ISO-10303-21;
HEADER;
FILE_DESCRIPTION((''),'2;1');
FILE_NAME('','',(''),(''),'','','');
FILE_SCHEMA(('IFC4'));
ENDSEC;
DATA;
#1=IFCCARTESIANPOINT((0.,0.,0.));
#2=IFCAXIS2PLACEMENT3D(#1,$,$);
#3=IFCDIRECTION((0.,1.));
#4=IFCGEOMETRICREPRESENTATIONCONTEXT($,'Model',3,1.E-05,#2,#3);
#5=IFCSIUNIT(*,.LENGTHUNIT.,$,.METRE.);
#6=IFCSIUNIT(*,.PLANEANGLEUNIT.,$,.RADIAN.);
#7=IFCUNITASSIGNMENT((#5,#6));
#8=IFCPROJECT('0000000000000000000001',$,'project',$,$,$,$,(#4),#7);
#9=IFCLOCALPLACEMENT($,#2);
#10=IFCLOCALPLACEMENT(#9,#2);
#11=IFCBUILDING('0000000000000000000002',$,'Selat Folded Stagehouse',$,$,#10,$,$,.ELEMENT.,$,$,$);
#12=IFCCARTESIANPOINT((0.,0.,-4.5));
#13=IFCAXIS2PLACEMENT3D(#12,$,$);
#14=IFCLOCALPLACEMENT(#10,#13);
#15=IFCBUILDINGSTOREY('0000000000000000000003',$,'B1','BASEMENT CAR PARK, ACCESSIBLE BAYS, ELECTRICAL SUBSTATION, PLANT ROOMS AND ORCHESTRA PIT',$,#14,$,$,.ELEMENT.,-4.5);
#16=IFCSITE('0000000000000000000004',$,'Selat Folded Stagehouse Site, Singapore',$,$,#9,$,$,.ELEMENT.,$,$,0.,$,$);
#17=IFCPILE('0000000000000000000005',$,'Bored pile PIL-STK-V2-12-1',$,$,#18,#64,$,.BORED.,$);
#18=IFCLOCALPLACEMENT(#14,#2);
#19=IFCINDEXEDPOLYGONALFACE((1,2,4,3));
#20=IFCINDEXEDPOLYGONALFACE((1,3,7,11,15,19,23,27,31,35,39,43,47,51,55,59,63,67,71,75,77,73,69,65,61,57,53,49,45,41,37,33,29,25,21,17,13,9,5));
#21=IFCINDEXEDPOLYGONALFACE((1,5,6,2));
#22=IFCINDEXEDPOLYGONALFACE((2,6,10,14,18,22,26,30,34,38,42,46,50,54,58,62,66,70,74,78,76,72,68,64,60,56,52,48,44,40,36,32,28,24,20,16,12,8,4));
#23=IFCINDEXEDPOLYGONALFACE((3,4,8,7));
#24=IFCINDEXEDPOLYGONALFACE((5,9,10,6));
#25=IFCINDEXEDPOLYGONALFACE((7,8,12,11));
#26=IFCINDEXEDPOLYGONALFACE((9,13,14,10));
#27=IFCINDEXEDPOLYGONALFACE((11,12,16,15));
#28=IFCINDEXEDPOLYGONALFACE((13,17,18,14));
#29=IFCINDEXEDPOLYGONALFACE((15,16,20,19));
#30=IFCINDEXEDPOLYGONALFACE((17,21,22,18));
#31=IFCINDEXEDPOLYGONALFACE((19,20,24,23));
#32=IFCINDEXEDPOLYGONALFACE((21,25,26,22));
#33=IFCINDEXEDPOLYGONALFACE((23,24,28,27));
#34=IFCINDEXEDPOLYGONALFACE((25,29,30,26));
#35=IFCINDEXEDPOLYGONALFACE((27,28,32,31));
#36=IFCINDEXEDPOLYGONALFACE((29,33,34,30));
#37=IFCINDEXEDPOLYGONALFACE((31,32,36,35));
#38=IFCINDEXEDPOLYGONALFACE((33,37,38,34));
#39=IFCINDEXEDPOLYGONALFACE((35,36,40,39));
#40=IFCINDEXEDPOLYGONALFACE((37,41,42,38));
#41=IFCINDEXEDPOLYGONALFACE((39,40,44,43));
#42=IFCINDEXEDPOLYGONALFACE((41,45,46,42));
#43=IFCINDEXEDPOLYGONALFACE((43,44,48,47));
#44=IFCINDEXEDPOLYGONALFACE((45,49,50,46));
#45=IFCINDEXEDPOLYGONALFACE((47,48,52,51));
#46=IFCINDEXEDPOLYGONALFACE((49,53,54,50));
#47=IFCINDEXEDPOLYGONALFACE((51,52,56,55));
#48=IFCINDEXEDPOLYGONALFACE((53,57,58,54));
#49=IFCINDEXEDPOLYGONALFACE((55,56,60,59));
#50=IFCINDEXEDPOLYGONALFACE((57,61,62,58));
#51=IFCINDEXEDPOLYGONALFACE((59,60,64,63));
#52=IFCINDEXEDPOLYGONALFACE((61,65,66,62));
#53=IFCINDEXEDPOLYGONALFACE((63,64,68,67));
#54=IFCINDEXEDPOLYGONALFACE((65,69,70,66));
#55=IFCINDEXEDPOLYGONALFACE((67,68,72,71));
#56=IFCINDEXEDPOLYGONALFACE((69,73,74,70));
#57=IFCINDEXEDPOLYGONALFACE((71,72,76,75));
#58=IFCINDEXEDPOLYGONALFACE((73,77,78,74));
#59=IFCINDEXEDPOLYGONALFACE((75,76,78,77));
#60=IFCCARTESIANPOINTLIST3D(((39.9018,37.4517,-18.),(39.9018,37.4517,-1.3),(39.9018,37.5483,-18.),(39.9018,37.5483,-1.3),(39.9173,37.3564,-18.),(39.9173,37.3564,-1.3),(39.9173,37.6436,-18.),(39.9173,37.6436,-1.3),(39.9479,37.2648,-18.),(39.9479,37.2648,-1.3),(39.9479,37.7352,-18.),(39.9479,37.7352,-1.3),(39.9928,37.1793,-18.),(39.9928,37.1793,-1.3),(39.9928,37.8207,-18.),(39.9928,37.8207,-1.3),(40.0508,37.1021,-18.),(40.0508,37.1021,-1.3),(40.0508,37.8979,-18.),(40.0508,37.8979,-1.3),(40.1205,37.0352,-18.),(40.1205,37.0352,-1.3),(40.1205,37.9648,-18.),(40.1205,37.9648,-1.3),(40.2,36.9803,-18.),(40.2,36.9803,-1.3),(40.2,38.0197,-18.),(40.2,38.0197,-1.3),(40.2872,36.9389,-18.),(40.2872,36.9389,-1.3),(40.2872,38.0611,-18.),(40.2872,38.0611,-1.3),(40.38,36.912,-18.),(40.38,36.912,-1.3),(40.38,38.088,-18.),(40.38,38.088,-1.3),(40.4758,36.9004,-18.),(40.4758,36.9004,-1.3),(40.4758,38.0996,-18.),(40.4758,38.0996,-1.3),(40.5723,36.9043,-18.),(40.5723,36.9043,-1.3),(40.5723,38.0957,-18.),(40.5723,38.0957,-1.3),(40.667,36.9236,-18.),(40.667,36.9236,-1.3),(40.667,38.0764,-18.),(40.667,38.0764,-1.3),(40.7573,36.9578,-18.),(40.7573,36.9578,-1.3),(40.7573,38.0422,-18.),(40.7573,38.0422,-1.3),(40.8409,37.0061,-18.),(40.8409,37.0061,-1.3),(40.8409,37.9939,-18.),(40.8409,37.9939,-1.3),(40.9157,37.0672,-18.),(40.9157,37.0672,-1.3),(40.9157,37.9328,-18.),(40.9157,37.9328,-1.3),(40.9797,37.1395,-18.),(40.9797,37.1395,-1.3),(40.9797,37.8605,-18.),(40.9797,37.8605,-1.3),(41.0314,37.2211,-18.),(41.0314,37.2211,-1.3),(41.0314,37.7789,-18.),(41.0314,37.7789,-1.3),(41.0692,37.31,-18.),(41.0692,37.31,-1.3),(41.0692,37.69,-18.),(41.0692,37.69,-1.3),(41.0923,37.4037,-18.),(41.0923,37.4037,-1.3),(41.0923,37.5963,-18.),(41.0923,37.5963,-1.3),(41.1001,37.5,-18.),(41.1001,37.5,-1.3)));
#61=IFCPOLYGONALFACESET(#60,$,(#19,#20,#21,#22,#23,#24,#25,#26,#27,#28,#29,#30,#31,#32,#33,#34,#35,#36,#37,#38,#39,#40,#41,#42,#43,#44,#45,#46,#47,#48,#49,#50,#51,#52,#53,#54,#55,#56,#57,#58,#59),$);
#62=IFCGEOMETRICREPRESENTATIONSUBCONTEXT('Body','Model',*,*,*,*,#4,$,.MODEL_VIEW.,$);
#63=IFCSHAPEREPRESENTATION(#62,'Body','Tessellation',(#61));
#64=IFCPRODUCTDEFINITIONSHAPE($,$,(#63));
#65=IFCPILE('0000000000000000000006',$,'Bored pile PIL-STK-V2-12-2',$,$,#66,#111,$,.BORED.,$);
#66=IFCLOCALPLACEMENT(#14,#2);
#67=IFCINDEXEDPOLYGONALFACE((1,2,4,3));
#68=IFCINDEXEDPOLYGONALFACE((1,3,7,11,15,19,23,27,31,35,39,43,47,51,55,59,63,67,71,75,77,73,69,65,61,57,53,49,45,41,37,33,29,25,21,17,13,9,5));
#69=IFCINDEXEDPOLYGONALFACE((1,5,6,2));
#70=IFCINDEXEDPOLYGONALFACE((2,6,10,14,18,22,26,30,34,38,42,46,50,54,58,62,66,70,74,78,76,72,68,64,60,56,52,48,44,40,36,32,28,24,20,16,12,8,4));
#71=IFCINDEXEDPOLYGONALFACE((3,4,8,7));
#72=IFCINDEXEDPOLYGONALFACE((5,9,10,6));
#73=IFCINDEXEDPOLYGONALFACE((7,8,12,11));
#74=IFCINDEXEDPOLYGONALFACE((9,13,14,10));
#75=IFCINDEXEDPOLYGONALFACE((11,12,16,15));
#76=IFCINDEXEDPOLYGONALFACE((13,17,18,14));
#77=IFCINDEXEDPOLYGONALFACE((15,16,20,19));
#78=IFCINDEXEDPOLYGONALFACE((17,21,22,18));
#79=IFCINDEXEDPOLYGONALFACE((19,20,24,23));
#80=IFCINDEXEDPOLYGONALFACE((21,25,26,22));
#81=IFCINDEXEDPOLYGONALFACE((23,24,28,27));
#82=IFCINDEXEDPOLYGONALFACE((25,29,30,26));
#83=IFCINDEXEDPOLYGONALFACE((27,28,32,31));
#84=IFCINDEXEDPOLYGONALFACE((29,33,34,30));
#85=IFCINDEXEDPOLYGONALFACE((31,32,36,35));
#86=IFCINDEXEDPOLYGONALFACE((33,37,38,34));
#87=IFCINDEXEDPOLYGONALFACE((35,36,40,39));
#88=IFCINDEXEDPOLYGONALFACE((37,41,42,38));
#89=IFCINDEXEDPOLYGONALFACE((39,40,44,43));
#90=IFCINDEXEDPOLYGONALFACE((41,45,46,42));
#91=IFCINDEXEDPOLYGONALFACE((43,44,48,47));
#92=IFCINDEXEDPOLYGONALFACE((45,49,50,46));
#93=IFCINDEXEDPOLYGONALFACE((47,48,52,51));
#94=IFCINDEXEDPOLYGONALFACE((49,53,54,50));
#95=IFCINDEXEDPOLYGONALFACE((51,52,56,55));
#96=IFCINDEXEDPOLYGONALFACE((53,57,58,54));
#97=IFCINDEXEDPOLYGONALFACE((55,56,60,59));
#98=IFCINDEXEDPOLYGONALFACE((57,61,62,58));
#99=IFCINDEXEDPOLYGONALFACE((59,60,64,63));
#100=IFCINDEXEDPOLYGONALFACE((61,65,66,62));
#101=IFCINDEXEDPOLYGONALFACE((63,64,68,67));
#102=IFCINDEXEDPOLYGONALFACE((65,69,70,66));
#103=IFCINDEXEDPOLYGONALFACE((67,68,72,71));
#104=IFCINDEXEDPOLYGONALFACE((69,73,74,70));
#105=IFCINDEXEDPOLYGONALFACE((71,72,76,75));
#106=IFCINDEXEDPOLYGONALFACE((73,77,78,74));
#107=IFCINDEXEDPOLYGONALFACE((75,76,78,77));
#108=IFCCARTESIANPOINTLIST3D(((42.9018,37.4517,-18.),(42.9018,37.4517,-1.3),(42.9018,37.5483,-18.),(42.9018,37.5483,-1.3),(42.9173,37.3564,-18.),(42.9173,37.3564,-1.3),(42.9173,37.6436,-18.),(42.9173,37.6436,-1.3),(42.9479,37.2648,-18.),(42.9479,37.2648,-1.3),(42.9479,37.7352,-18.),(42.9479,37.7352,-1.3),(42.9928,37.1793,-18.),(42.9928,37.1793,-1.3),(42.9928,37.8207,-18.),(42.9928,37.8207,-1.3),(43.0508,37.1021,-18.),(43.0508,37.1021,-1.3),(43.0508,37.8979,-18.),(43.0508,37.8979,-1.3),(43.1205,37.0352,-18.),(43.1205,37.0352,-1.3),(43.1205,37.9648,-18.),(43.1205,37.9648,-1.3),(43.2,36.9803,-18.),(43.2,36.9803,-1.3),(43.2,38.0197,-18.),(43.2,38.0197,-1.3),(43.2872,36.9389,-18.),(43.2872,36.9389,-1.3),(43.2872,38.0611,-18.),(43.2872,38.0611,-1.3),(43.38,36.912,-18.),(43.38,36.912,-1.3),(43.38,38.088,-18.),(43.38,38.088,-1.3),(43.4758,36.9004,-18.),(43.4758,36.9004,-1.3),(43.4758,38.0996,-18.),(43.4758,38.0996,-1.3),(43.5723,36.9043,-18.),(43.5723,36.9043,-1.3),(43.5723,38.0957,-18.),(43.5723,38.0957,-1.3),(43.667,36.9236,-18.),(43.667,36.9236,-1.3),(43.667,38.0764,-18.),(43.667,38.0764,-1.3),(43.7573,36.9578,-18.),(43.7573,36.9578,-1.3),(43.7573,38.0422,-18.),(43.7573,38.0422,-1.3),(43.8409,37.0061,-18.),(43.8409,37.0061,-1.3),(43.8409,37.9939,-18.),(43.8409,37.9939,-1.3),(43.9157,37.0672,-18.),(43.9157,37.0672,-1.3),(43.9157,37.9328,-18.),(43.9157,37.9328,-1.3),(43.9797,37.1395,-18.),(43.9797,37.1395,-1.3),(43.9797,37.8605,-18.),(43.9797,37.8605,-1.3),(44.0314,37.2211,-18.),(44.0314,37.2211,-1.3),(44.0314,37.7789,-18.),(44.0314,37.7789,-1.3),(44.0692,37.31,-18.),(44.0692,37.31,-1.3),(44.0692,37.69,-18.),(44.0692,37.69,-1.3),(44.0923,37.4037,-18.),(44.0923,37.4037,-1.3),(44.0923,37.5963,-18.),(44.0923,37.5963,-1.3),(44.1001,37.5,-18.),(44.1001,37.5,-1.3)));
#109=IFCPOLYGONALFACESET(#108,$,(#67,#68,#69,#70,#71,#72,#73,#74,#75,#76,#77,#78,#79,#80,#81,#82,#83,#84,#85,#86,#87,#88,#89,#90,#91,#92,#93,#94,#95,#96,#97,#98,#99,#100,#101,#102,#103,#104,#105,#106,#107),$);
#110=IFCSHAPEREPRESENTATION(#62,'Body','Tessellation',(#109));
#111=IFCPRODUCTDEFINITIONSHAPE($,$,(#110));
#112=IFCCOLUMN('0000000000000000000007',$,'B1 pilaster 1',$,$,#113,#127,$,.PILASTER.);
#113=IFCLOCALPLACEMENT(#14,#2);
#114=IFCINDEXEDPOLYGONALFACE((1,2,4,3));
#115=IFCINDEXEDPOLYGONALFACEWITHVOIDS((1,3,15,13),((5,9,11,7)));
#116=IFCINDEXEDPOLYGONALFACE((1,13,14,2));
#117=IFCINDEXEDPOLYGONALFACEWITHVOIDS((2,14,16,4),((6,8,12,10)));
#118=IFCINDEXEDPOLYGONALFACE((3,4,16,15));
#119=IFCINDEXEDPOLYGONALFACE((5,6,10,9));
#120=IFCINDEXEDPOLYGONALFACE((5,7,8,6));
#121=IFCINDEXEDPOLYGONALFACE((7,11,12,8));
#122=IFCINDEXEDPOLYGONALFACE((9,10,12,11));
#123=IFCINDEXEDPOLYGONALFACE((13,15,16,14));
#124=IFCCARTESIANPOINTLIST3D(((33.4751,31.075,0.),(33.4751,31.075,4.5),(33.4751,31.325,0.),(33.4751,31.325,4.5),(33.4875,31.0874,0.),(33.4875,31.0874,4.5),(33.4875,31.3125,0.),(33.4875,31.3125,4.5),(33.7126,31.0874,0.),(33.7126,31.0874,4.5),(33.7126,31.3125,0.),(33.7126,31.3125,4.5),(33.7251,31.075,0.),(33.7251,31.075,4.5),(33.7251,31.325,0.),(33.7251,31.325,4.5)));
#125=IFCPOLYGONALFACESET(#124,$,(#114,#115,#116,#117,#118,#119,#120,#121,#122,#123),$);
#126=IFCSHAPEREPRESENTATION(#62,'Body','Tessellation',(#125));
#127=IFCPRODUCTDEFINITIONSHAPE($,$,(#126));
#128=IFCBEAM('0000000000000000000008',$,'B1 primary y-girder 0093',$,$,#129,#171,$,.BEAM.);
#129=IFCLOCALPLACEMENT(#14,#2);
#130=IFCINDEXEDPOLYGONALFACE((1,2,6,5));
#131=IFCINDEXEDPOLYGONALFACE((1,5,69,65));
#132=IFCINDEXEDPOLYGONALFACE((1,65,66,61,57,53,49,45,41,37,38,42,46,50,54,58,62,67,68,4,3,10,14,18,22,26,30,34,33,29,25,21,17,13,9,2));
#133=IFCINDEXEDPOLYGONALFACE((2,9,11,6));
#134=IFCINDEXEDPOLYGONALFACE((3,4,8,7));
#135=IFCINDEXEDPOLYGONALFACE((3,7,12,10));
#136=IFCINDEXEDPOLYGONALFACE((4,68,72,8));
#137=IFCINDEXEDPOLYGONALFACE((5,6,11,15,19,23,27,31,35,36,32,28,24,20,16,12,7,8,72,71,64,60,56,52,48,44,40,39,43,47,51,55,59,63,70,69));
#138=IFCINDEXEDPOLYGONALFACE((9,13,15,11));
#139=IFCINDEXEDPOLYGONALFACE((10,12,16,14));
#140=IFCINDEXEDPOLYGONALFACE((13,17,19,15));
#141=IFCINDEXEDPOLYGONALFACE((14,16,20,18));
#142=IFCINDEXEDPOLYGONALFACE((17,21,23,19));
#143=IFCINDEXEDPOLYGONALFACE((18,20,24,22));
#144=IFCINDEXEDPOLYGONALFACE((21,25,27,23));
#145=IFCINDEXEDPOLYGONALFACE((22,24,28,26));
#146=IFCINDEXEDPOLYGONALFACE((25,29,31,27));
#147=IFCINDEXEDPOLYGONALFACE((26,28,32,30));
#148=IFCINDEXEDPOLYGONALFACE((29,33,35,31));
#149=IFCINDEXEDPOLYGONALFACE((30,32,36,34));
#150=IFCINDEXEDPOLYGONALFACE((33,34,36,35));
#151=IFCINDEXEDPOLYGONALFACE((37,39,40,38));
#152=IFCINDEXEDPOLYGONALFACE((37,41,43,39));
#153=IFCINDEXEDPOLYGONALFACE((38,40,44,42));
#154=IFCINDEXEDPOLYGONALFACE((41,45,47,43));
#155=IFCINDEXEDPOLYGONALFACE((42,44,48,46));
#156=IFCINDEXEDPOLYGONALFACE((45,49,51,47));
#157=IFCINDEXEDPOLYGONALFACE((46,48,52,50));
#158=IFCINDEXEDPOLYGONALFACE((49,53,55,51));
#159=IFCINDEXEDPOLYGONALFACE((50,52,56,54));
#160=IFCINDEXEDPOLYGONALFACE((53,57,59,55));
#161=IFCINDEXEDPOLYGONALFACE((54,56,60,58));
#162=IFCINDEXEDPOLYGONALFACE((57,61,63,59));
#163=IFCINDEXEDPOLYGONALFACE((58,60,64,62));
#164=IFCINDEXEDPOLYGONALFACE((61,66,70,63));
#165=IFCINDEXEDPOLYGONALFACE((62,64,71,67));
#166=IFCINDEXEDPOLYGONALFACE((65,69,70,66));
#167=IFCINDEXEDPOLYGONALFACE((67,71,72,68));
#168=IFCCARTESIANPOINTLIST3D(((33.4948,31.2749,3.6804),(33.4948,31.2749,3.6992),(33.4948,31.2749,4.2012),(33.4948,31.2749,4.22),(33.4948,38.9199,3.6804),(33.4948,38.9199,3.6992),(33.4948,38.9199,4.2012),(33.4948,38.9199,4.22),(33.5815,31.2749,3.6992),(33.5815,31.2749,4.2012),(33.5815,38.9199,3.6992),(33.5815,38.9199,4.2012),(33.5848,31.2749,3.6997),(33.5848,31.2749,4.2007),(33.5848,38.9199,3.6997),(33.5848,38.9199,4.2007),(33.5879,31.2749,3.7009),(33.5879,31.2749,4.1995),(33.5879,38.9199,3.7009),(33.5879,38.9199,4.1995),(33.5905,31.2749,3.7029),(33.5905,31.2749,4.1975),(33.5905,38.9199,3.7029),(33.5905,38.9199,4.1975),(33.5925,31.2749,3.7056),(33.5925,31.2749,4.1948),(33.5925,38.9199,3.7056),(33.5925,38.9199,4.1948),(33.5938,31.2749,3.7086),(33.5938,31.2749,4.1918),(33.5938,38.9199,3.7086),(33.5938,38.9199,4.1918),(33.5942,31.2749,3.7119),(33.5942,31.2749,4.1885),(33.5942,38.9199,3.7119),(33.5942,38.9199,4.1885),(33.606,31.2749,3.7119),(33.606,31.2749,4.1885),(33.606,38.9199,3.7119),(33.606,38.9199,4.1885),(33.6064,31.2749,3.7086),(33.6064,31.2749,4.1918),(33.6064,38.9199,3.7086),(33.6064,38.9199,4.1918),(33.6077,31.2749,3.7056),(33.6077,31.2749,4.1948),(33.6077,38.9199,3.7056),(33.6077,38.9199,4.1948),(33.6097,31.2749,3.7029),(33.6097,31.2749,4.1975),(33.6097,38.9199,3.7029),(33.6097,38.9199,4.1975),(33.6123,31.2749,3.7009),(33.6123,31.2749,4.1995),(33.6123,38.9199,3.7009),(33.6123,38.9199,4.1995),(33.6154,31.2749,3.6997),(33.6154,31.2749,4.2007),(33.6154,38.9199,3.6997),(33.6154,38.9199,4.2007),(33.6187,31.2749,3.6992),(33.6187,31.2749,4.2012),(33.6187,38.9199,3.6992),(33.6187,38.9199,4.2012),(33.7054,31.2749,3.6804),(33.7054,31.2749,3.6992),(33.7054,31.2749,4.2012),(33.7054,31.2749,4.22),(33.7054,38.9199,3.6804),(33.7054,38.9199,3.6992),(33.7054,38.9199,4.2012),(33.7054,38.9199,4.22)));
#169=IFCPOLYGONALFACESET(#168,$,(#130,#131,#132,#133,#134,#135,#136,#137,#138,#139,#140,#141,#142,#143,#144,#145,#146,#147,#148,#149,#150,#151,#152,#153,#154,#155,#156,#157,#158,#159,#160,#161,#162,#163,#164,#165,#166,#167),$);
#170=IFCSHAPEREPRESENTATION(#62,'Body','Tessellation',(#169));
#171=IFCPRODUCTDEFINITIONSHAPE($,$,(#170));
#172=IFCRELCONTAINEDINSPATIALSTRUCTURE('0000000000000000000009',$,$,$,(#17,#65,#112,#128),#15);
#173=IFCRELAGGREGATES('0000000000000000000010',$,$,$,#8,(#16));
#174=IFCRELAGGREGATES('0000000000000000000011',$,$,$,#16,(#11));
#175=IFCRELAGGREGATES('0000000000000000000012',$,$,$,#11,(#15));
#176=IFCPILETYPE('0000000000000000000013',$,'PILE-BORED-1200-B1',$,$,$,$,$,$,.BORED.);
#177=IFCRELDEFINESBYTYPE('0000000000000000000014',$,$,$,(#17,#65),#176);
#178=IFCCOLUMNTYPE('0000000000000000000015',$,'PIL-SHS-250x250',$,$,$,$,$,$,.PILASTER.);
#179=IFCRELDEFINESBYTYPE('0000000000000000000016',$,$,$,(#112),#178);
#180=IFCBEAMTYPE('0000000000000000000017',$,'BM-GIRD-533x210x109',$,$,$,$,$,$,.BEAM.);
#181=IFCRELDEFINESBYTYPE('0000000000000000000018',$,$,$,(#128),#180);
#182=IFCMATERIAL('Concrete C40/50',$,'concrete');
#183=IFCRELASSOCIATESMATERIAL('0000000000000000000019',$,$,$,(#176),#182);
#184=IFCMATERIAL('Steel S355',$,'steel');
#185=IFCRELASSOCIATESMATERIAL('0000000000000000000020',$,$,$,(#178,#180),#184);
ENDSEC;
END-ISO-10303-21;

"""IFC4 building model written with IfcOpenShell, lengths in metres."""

from ifc_helpers import new_model, si_unit, direction, frame, origin, origin_2d, place, context, subcontext, project, spatial, hollow_rectangle, circle, i_section, extrude, material, material_profile, profile_set, type_object, element, save


model = new_model("IFC4")

# Units and contexts
model_context = context("Model", 3, precision=1e-05, world=origin(), true_north=direction((0.0, 1.0)))
body_context = subcontext(model_context, "Body", "Model", "MODEL_VIEW")
ifc_project = project(units=[si_unit("LENGTHUNIT", "METRE"), si_unit("PLANEANGLEUNIT", "RADIAN")], contexts=[model_context])

# Site, building, storey
site_placement = place(None, origin())
site = spatial("IfcSite", under=ifc_project, at=site_placement, Name="Selat Folded Stagehouse Site, Singapore", CompositionType="ELEMENT", RefElevation=0.0)
building_placement = place(site_placement, origin())
building = spatial("IfcBuilding", under=site, at=building_placement, Name="Selat Folded Stagehouse", CompositionType="ELEMENT")
storey_placement = place(building_placement, frame((0.0, 0.0, -4.5)))
storey = spatial("IfcBuildingStorey", under=building, at=storey_placement, Name="B1", Description="BASEMENT CAR PARK, ACCESSIBLE BAYS, ELECTRICAL SUBSTATION, PLANT ROOMS AND ORCHESTRA PIT", CompositionType="ELEMENT", Elevation=-4.5)

# Shared definitions
ifc_material_1 = material(Name="Concrete C40/50", Category="concrete")

# Piles
ifc_material_profile_1 = material_profile(ifc_material_1, circle(Radius=0.6001, at=origin_2d()), Name="PILE D1200")
ifc_profile_set_1 = profile_set([ifc_material_profile_1], Name="Concrete C40/50")
pile_type = type_object("IfcPileType", Name="PILE-BORED-1200-B1", PredefinedType="BORED", material=ifc_profile_set_1)
for number, where, z_axis, x_axis, name in (
    (1, (40.5, 37.5, -1.3), (0.0, 0.0, -1.0), (1.0, 0.0, 0.0), "Bored pile PIL-STK-V2-12-1"),
    (2, (43.5, 37.5, -1.3), (0.0, 0.0, -1.0), (1.0, 0.0, 0.0), "Bored pile PIL-STK-V2-12-2"),
):
    element("IfcPile", number, at=place(storey_placement, frame(where, z_axis=z_axis, x_axis=x_axis)), inside=storey, type_object=pile_type, Name=name, PredefinedType="BORED", context=body_context, shape_type="SweptSolid", body=[
        extrude(circle(Radius=0.6001, at=origin_2d()), origin(), (0.0, 0.0, 1.0), 16.7),
    ])

# Column
ifc_material_2 = material(Name="Steel S355", Category="steel")
ifc_material_profile_2 = material_profile(ifc_material_2, hollow_rectangle(XDim=0.25, YDim=0.25, WallThickness=0.0125, at=origin_2d()), Name="SHS 250x250x12.5")
ifc_profile_set_2 = profile_set([ifc_material_profile_2], Name="Steel S355")
column_type = type_object("IfcColumnType", Name="PIL-SHS-250x250", PredefinedType="PILASTER", material=ifc_profile_set_2)
column_placement = place(storey_placement, frame((33.6001, 31.2, 0.0), z_axis=(0.0, 0.0, 1.0), x_axis=(1.0, 0.0, 0.0)))
element("IfcColumn", 3, at=column_placement, inside=storey, type_object=column_type, Name="B1 pilaster 1", PredefinedType="PILASTER", context=body_context, shape_type="SweptSolid", body=[
    extrude(hollow_rectangle(XDim=0.25, YDim=0.25, WallThickness=0.0125, at=origin_2d()), origin(), (0.0, 0.0, 1.0), 4.5),
])

# Beam
ifc_material_profile_3 = material_profile(ifc_material_2, i_section(OverallWidth=0.2107, OverallDepth=0.5396, WebThickness=0.0117, FlangeThickness=0.0188, FilletRadius=0.0127, at=origin_2d()), Name="UKB 533x210x109")
ifc_profile_set_3 = profile_set([ifc_material_profile_3], Name="Steel S355")
beam_type_1 = type_object("IfcBeamType", Name="BM-GIRD-533x210x109", PredefinedType="BEAM", material=ifc_profile_set_3)
beam_1_placement = place(storey_placement, frame((33.6001, 31.2749, 3.9502), z_axis=(0.0, 1.0, 0.0), x_axis=(-1.0, 0.0, 0.0)))
element("IfcBeam", 4, at=beam_1_placement, inside=storey, type_object=beam_type_1, Name="B1 primary y-girder 0093", PredefinedType="BEAM", context=body_context, shape_type="SweptSolid", body=[
    extrude(i_section(OverallWidth=0.2107, OverallDepth=0.5396, WebThickness=0.0117, FlangeThickness=0.0188, FilletRadius=0.0127, at=origin_2d()), origin(), (0.0, 0.0, 1.0), 7.645),
])

save(model, "model.ifc")
